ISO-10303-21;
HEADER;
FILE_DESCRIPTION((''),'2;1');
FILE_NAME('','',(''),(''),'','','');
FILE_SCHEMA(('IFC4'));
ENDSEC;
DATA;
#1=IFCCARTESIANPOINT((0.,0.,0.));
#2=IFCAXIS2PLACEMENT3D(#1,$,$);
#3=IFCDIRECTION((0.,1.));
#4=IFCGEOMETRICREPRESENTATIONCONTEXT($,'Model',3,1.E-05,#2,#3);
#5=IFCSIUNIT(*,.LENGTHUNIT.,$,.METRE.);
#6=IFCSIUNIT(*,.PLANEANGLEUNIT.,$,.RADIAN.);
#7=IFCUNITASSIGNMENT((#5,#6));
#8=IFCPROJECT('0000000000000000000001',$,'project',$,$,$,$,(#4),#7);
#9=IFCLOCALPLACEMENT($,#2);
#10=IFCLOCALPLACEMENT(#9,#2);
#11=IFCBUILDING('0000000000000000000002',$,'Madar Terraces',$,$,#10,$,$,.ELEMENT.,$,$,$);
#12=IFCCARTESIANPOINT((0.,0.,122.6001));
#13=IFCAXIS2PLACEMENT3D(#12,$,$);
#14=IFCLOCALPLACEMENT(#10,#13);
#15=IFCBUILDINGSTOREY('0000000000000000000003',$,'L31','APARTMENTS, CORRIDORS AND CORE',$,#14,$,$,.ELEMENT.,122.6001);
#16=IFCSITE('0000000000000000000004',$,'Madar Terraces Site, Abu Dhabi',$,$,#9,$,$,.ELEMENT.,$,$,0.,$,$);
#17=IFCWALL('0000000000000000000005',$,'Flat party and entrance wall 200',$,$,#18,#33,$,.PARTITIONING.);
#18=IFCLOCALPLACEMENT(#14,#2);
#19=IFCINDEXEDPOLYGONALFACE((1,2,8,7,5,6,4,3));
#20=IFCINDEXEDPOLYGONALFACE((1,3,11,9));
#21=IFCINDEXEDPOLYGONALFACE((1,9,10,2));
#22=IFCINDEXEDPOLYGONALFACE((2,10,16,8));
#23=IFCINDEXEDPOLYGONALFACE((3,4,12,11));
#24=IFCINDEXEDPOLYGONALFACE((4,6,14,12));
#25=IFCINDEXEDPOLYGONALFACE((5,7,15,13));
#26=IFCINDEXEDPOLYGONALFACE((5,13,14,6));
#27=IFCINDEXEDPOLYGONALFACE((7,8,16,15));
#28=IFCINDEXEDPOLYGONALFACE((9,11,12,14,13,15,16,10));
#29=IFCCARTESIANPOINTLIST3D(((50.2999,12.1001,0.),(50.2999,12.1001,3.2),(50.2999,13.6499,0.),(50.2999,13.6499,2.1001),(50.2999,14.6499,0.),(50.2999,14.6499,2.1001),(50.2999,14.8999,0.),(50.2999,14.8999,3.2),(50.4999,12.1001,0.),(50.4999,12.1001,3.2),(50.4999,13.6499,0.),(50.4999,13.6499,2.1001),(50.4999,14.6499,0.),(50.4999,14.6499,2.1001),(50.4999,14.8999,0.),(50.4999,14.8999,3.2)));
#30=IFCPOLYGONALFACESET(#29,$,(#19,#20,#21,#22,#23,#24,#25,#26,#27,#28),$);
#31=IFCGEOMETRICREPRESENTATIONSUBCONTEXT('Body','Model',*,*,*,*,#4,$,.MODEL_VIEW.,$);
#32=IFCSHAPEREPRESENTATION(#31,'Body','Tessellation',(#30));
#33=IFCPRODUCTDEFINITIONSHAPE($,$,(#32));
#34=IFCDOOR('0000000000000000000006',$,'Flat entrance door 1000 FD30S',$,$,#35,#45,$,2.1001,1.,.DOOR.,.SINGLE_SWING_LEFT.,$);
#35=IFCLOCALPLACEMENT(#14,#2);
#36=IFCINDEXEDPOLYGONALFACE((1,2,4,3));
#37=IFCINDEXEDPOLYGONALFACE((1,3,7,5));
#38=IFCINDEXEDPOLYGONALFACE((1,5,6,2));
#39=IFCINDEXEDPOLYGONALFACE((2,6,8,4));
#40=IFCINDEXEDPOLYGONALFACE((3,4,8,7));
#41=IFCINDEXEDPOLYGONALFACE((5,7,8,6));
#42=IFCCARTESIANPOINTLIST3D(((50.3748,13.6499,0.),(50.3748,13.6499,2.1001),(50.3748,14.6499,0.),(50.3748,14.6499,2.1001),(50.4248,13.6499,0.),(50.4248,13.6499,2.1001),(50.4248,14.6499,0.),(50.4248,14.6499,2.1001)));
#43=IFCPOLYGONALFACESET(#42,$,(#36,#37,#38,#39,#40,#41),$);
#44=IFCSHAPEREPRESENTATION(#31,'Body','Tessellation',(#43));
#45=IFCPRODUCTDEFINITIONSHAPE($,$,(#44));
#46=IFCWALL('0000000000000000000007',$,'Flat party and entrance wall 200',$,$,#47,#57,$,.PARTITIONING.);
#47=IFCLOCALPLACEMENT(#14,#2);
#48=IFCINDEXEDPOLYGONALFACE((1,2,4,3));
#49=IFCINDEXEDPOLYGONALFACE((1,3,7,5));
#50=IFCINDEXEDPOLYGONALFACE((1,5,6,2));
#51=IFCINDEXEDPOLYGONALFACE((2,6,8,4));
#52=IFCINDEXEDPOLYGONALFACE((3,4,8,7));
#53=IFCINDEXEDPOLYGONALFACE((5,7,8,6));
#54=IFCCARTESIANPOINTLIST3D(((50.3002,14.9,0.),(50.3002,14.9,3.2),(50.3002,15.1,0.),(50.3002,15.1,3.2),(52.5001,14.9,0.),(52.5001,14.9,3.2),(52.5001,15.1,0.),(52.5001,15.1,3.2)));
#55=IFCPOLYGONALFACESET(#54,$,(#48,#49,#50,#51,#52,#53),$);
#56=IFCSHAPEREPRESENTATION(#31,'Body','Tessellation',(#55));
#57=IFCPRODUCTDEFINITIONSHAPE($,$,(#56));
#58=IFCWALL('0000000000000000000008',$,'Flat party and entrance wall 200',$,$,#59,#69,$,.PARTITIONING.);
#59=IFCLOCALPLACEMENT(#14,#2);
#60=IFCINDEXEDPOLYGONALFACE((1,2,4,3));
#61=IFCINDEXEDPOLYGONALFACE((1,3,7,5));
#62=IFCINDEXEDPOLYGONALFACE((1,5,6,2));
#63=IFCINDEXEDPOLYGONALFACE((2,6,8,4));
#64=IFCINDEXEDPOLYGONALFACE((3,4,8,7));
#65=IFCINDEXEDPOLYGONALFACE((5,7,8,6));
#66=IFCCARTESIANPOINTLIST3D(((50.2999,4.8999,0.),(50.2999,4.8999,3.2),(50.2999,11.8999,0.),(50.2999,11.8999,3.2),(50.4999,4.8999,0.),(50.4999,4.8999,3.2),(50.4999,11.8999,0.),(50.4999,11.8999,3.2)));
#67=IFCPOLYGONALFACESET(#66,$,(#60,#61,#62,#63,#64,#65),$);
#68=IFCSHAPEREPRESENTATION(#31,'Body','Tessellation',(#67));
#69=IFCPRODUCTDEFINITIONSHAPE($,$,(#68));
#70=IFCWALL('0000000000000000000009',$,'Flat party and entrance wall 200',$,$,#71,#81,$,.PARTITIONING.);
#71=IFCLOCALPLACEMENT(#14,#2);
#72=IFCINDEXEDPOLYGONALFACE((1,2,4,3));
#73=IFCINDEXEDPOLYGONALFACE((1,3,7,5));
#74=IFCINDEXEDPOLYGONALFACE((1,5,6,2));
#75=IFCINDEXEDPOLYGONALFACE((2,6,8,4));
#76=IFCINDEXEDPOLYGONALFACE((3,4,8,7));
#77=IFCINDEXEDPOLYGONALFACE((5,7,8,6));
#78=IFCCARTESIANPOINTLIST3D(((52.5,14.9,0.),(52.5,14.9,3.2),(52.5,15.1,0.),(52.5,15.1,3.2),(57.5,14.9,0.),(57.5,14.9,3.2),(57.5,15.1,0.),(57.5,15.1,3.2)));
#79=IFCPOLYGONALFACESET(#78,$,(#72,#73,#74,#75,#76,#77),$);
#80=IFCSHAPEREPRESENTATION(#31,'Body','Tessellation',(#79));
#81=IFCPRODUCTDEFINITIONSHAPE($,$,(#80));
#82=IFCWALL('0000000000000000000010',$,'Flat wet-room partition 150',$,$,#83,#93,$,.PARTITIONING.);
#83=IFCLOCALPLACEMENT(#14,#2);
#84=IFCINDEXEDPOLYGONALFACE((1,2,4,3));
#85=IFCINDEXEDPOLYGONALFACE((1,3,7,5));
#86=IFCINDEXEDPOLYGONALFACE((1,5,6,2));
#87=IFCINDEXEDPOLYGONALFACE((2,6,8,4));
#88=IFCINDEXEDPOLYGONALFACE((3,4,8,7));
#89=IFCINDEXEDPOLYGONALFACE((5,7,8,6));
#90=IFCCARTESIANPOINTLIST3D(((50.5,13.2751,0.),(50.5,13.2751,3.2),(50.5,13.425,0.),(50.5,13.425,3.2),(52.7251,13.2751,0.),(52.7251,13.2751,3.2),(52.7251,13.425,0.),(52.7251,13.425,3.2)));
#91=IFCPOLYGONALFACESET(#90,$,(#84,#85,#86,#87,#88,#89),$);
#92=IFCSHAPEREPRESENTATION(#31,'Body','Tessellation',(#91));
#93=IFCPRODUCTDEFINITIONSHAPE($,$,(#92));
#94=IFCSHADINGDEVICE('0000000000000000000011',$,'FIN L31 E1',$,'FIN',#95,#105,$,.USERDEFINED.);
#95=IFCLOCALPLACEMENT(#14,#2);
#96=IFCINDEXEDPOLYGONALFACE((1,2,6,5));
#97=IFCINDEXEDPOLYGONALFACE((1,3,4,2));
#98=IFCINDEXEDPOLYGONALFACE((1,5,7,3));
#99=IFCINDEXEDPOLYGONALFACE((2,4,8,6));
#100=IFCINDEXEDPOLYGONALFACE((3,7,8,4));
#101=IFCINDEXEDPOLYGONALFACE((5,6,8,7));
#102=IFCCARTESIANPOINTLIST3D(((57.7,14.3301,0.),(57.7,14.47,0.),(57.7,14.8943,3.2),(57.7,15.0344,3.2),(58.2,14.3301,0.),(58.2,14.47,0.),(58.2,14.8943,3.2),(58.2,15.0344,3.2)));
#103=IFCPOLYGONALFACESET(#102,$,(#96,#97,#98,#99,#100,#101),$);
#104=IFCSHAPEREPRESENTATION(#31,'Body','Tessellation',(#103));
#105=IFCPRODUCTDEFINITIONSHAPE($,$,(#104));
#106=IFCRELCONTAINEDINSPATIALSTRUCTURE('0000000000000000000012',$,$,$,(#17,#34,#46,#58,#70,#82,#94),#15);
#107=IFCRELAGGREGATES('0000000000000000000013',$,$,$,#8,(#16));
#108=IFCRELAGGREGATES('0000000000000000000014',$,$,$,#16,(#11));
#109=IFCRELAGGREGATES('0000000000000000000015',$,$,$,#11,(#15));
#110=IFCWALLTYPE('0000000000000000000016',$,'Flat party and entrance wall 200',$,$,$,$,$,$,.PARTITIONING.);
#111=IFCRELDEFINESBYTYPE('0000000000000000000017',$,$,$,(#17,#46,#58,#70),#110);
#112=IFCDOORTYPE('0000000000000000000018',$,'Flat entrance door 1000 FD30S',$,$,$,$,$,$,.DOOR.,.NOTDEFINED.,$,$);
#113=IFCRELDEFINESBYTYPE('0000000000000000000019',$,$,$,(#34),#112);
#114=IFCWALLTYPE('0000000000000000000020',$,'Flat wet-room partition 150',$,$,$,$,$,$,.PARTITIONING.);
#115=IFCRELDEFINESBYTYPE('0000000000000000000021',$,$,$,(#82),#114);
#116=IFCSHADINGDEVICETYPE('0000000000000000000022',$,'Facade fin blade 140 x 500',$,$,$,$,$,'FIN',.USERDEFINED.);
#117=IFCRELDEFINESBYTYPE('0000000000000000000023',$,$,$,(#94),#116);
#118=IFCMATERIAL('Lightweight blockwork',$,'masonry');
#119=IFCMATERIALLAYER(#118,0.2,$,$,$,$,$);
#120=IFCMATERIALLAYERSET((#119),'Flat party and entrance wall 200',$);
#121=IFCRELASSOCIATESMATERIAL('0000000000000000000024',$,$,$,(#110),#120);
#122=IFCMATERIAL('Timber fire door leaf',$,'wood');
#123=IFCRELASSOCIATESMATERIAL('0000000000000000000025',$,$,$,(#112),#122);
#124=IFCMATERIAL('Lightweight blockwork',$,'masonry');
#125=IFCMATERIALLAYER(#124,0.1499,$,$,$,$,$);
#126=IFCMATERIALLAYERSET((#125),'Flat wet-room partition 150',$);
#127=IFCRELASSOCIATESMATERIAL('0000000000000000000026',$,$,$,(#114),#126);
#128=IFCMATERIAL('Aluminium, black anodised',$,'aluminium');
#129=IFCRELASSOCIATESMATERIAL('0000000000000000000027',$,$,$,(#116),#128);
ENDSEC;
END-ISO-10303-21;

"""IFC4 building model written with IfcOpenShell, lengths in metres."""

from ifc_helpers import new_model, si_unit, direction, frame, frame_2d, origin, place, context, subcontext, project, spatial, polyline, rectangle, outline, extrude, material, layer, layer_set, type_object, element, fill, save


model = new_model("IFC4")

# Units and contexts
model_context = context("Model", 3, precision=1e-05, world=origin(), true_north=direction((0.0, 1.0)))
body_context = subcontext(model_context, "Body", "Model", "MODEL_VIEW")
ifc_project = project(units=[si_unit("LENGTHUNIT", "METRE"), si_unit("PLANEANGLEUNIT", "RADIAN")], contexts=[model_context])

# Site, building, storey
site_placement = place(None, origin())
site = spatial("IfcSite", under=ifc_project, at=site_placement, Name="Madar Terraces Site, Abu Dhabi", CompositionType="ELEMENT", RefElevation=0.0)
building_placement = place(site_placement, origin())
building = spatial("IfcBuilding", under=site, at=building_placement, Name="Madar Terraces", CompositionType="ELEMENT")
storey_placement = place(building_placement, frame((0.0, 0.0, 122.6001)))
storey = spatial("IfcBuildingStorey", under=building, at=storey_placement, Name="L31", Description="APARTMENTS, CORRIDORS AND CORE", CompositionType="ELEMENT", Elevation=122.6001)

# Shared definitions
ifc_material_1 = material(Name="Lightweight blockwork", Category="masonry")
ifc_layer_1 = layer(ifc_material_1, 0.2)
ifc_layer_set_1 = layer_set([ifc_layer_1], Name="Flat party and entrance wall 200")
wall_type_1 = type_object("IfcWallType", Name="Flat party and entrance wall 200", PredefinedType="PARTITIONING", material=ifc_layer_set_1)
ifc_material_2 = material(Name="Timber fire door leaf", Category="wood")
door_type_1 = type_object("IfcDoorType", Name="Flat entrance door 1000 FD30S", OperationType="NOTDEFINED", PredefinedType="DOOR", material=ifc_material_2)

# Wall, opening, door
wall_1_placement = place(storey_placement, frame((50.3999, 14.8999, 0.0), z_axis=(0.0, 0.0, 1.0), x_axis=(0.0, -1.0, 0.0)))
wall_1 = element("IfcWall", 1, at=wall_1_placement, inside=storey, type_object=wall_type_1, Name="Flat party and entrance wall 200", PredefinedType="PARTITIONING", context=body_context, shape_type="SweptSolid", body=[
    extrude(rectangle(XDim=2.7998, YDim=0.2, at=frame_2d((1.3999, 0.0))), origin(), (0.0, 0.0, 1.0), 3.2),
])
opening_1_placement = place(wall_1_placement, frame((0.25, 0.0, 0.0)))
opening_1 = element("IfcOpeningElement", 2, at=opening_1_placement, cuts=wall_1, PredefinedType="OPENING", context=body_context, shape_type="SweptSolid", body=[
    extrude(rectangle(XDim=1.0, YDim=2.1001, at=frame_2d((0.5, 1.05))), frame((0.0, 0.1099, 0.0), z_axis=(0.0, -1.0, 0.0), x_axis=(1.0, 0.0, 0.0)), (0.0, 0.0, 1.0), 0.22),
])
door_1_placement = place(opening_1_placement, origin())
door_1 = element("IfcDoor", 3, at=door_1_placement, inside=storey, type_object=door_type_1, Name="Flat entrance door 1000 FD30S", OperationType="SINGLE_SWING_LEFT", OverallHeight=2.1001, OverallWidth=1.0, PredefinedType="DOOR", context=body_context, shape_type="SweptSolid", body=[
    extrude(rectangle(XDim=1.0, YDim=2.1001, at=frame_2d((0.5, 1.05))), frame((0.0, 0.0249, 0.0), z_axis=(0.0, -1.0, 0.0), x_axis=(1.0, 0.0, 0.0)), (0.0, 0.0, 1.0), 0.05),
])
fill(opening_1, door_1)

# Walls
wall_2_placement = place(storey_placement, frame((50.3, 15.0, 0.0), z_axis=(0.0, 0.0, 1.0), x_axis=(1.0, 0.0, 0.0)))
element("IfcWall", 4, at=wall_2_placement, inside=storey, type_object=wall_type_1, Name="Flat party and entrance wall 200", PredefinedType="PARTITIONING", context=body_context, shape_type="SweptSolid", body=[
    extrude(rectangle(XDim=2.2, YDim=0.2, at=frame_2d((1.1001, 0.0))), origin(), (0.0, 0.0, 1.0), 3.2),
])
wall_3_placement = place(storey_placement, frame((50.3999, 11.8999, 0.0), z_axis=(0.0, 0.0, 1.0), x_axis=(0.0, -1.0, 0.0)))
element("IfcWall", 5, at=wall_3_placement, inside=storey, type_object=wall_type_1, Name="Flat party and entrance wall 200", PredefinedType="PARTITIONING", context=body_context, shape_type="SweptSolid", body=[
    extrude(rectangle(XDim=7.0, YDim=0.2, at=frame_2d((3.5, 0.0))), origin(), (0.0, 0.0, 1.0), 3.2),
])
wall_4_placement = place(storey_placement, frame((52.5, 15.0, 0.0), z_axis=(0.0, 0.0, 1.0), x_axis=(1.0, 0.0, 0.0)))
element("IfcWall", 6, at=wall_4_placement, inside=storey, type_object=wall_type_1, Name="Flat party and entrance wall 200", PredefinedType="PARTITIONING", context=body_context, shape_type="SweptSolid", body=[
    extrude(rectangle(XDim=5.0, YDim=0.2, at=frame_2d((2.5, 0.0))), origin(), (0.0, 0.0, 1.0), 3.2),
])
ifc_material_3 = material(Name="Lightweight blockwork", Category="masonry")
ifc_layer_2 = layer(ifc_material_3, 0.1499)
ifc_layer_set_2 = layer_set([ifc_layer_2], Name="Flat wet-room partition 150")
wall_type_2 = type_object("IfcWallType", Name="Flat wet-room partition 150", PredefinedType="PARTITIONING", material=ifc_layer_set_2)
wall_5_placement = place(storey_placement, frame((50.5, 13.3501, 0.0), z_axis=(0.0, 0.0, 1.0), x_axis=(1.0, 0.0, 0.0)))
element("IfcWall", 7, at=wall_5_placement, inside=storey, type_object=wall_type_2, Name="Flat wet-room partition 150", PredefinedType="PARTITIONING", context=body_context, shape_type="SweptSolid", body=[
    extrude(rectangle(XDim=2.2251, YDim=0.1499, at=frame_2d((1.1125, 0.0))), origin(), (0.0, 0.0, 1.0), 3.2),
])

# Shading device
ifc_material_4 = material(Name="Aluminium, black anodised", Category="aluminium")
shading_device_type = type_object("IfcShadingDeviceType", Name="Facade fin blade 140 x 500", ElementType="FIN", PredefinedType="USERDEFINED", material=ifc_material_4)
shading_device_placement = place(storey_placement, frame((57.95, 14.3301, 0.0), z_axis=(0.0, 0.0, 1.0), x_axis=(0.0, 1.0, 0.0)))
element("IfcShadingDevice", 8, at=shading_device_placement, inside=storey, type_object=shading_device_type, Name="FIN L31 E1", ObjectType="FIN", PredefinedType="USERDEFINED", context=body_context, shape_type="SweptSolid", body=[
    extrude(outline(polyline([(0.0, 0.0), (0.1399, 0.0), (0.7043, 3.2), (0.5642, 3.2), (0.0, 0.0)])), frame((0.0, 0.25, 0.0), z_axis=(0.0, -1.0, 0.0), x_axis=(1.0, 0.0, 0.0)), (0.0, 0.0, 1.0), 0.5),
])

save(model, "model.ifc")
